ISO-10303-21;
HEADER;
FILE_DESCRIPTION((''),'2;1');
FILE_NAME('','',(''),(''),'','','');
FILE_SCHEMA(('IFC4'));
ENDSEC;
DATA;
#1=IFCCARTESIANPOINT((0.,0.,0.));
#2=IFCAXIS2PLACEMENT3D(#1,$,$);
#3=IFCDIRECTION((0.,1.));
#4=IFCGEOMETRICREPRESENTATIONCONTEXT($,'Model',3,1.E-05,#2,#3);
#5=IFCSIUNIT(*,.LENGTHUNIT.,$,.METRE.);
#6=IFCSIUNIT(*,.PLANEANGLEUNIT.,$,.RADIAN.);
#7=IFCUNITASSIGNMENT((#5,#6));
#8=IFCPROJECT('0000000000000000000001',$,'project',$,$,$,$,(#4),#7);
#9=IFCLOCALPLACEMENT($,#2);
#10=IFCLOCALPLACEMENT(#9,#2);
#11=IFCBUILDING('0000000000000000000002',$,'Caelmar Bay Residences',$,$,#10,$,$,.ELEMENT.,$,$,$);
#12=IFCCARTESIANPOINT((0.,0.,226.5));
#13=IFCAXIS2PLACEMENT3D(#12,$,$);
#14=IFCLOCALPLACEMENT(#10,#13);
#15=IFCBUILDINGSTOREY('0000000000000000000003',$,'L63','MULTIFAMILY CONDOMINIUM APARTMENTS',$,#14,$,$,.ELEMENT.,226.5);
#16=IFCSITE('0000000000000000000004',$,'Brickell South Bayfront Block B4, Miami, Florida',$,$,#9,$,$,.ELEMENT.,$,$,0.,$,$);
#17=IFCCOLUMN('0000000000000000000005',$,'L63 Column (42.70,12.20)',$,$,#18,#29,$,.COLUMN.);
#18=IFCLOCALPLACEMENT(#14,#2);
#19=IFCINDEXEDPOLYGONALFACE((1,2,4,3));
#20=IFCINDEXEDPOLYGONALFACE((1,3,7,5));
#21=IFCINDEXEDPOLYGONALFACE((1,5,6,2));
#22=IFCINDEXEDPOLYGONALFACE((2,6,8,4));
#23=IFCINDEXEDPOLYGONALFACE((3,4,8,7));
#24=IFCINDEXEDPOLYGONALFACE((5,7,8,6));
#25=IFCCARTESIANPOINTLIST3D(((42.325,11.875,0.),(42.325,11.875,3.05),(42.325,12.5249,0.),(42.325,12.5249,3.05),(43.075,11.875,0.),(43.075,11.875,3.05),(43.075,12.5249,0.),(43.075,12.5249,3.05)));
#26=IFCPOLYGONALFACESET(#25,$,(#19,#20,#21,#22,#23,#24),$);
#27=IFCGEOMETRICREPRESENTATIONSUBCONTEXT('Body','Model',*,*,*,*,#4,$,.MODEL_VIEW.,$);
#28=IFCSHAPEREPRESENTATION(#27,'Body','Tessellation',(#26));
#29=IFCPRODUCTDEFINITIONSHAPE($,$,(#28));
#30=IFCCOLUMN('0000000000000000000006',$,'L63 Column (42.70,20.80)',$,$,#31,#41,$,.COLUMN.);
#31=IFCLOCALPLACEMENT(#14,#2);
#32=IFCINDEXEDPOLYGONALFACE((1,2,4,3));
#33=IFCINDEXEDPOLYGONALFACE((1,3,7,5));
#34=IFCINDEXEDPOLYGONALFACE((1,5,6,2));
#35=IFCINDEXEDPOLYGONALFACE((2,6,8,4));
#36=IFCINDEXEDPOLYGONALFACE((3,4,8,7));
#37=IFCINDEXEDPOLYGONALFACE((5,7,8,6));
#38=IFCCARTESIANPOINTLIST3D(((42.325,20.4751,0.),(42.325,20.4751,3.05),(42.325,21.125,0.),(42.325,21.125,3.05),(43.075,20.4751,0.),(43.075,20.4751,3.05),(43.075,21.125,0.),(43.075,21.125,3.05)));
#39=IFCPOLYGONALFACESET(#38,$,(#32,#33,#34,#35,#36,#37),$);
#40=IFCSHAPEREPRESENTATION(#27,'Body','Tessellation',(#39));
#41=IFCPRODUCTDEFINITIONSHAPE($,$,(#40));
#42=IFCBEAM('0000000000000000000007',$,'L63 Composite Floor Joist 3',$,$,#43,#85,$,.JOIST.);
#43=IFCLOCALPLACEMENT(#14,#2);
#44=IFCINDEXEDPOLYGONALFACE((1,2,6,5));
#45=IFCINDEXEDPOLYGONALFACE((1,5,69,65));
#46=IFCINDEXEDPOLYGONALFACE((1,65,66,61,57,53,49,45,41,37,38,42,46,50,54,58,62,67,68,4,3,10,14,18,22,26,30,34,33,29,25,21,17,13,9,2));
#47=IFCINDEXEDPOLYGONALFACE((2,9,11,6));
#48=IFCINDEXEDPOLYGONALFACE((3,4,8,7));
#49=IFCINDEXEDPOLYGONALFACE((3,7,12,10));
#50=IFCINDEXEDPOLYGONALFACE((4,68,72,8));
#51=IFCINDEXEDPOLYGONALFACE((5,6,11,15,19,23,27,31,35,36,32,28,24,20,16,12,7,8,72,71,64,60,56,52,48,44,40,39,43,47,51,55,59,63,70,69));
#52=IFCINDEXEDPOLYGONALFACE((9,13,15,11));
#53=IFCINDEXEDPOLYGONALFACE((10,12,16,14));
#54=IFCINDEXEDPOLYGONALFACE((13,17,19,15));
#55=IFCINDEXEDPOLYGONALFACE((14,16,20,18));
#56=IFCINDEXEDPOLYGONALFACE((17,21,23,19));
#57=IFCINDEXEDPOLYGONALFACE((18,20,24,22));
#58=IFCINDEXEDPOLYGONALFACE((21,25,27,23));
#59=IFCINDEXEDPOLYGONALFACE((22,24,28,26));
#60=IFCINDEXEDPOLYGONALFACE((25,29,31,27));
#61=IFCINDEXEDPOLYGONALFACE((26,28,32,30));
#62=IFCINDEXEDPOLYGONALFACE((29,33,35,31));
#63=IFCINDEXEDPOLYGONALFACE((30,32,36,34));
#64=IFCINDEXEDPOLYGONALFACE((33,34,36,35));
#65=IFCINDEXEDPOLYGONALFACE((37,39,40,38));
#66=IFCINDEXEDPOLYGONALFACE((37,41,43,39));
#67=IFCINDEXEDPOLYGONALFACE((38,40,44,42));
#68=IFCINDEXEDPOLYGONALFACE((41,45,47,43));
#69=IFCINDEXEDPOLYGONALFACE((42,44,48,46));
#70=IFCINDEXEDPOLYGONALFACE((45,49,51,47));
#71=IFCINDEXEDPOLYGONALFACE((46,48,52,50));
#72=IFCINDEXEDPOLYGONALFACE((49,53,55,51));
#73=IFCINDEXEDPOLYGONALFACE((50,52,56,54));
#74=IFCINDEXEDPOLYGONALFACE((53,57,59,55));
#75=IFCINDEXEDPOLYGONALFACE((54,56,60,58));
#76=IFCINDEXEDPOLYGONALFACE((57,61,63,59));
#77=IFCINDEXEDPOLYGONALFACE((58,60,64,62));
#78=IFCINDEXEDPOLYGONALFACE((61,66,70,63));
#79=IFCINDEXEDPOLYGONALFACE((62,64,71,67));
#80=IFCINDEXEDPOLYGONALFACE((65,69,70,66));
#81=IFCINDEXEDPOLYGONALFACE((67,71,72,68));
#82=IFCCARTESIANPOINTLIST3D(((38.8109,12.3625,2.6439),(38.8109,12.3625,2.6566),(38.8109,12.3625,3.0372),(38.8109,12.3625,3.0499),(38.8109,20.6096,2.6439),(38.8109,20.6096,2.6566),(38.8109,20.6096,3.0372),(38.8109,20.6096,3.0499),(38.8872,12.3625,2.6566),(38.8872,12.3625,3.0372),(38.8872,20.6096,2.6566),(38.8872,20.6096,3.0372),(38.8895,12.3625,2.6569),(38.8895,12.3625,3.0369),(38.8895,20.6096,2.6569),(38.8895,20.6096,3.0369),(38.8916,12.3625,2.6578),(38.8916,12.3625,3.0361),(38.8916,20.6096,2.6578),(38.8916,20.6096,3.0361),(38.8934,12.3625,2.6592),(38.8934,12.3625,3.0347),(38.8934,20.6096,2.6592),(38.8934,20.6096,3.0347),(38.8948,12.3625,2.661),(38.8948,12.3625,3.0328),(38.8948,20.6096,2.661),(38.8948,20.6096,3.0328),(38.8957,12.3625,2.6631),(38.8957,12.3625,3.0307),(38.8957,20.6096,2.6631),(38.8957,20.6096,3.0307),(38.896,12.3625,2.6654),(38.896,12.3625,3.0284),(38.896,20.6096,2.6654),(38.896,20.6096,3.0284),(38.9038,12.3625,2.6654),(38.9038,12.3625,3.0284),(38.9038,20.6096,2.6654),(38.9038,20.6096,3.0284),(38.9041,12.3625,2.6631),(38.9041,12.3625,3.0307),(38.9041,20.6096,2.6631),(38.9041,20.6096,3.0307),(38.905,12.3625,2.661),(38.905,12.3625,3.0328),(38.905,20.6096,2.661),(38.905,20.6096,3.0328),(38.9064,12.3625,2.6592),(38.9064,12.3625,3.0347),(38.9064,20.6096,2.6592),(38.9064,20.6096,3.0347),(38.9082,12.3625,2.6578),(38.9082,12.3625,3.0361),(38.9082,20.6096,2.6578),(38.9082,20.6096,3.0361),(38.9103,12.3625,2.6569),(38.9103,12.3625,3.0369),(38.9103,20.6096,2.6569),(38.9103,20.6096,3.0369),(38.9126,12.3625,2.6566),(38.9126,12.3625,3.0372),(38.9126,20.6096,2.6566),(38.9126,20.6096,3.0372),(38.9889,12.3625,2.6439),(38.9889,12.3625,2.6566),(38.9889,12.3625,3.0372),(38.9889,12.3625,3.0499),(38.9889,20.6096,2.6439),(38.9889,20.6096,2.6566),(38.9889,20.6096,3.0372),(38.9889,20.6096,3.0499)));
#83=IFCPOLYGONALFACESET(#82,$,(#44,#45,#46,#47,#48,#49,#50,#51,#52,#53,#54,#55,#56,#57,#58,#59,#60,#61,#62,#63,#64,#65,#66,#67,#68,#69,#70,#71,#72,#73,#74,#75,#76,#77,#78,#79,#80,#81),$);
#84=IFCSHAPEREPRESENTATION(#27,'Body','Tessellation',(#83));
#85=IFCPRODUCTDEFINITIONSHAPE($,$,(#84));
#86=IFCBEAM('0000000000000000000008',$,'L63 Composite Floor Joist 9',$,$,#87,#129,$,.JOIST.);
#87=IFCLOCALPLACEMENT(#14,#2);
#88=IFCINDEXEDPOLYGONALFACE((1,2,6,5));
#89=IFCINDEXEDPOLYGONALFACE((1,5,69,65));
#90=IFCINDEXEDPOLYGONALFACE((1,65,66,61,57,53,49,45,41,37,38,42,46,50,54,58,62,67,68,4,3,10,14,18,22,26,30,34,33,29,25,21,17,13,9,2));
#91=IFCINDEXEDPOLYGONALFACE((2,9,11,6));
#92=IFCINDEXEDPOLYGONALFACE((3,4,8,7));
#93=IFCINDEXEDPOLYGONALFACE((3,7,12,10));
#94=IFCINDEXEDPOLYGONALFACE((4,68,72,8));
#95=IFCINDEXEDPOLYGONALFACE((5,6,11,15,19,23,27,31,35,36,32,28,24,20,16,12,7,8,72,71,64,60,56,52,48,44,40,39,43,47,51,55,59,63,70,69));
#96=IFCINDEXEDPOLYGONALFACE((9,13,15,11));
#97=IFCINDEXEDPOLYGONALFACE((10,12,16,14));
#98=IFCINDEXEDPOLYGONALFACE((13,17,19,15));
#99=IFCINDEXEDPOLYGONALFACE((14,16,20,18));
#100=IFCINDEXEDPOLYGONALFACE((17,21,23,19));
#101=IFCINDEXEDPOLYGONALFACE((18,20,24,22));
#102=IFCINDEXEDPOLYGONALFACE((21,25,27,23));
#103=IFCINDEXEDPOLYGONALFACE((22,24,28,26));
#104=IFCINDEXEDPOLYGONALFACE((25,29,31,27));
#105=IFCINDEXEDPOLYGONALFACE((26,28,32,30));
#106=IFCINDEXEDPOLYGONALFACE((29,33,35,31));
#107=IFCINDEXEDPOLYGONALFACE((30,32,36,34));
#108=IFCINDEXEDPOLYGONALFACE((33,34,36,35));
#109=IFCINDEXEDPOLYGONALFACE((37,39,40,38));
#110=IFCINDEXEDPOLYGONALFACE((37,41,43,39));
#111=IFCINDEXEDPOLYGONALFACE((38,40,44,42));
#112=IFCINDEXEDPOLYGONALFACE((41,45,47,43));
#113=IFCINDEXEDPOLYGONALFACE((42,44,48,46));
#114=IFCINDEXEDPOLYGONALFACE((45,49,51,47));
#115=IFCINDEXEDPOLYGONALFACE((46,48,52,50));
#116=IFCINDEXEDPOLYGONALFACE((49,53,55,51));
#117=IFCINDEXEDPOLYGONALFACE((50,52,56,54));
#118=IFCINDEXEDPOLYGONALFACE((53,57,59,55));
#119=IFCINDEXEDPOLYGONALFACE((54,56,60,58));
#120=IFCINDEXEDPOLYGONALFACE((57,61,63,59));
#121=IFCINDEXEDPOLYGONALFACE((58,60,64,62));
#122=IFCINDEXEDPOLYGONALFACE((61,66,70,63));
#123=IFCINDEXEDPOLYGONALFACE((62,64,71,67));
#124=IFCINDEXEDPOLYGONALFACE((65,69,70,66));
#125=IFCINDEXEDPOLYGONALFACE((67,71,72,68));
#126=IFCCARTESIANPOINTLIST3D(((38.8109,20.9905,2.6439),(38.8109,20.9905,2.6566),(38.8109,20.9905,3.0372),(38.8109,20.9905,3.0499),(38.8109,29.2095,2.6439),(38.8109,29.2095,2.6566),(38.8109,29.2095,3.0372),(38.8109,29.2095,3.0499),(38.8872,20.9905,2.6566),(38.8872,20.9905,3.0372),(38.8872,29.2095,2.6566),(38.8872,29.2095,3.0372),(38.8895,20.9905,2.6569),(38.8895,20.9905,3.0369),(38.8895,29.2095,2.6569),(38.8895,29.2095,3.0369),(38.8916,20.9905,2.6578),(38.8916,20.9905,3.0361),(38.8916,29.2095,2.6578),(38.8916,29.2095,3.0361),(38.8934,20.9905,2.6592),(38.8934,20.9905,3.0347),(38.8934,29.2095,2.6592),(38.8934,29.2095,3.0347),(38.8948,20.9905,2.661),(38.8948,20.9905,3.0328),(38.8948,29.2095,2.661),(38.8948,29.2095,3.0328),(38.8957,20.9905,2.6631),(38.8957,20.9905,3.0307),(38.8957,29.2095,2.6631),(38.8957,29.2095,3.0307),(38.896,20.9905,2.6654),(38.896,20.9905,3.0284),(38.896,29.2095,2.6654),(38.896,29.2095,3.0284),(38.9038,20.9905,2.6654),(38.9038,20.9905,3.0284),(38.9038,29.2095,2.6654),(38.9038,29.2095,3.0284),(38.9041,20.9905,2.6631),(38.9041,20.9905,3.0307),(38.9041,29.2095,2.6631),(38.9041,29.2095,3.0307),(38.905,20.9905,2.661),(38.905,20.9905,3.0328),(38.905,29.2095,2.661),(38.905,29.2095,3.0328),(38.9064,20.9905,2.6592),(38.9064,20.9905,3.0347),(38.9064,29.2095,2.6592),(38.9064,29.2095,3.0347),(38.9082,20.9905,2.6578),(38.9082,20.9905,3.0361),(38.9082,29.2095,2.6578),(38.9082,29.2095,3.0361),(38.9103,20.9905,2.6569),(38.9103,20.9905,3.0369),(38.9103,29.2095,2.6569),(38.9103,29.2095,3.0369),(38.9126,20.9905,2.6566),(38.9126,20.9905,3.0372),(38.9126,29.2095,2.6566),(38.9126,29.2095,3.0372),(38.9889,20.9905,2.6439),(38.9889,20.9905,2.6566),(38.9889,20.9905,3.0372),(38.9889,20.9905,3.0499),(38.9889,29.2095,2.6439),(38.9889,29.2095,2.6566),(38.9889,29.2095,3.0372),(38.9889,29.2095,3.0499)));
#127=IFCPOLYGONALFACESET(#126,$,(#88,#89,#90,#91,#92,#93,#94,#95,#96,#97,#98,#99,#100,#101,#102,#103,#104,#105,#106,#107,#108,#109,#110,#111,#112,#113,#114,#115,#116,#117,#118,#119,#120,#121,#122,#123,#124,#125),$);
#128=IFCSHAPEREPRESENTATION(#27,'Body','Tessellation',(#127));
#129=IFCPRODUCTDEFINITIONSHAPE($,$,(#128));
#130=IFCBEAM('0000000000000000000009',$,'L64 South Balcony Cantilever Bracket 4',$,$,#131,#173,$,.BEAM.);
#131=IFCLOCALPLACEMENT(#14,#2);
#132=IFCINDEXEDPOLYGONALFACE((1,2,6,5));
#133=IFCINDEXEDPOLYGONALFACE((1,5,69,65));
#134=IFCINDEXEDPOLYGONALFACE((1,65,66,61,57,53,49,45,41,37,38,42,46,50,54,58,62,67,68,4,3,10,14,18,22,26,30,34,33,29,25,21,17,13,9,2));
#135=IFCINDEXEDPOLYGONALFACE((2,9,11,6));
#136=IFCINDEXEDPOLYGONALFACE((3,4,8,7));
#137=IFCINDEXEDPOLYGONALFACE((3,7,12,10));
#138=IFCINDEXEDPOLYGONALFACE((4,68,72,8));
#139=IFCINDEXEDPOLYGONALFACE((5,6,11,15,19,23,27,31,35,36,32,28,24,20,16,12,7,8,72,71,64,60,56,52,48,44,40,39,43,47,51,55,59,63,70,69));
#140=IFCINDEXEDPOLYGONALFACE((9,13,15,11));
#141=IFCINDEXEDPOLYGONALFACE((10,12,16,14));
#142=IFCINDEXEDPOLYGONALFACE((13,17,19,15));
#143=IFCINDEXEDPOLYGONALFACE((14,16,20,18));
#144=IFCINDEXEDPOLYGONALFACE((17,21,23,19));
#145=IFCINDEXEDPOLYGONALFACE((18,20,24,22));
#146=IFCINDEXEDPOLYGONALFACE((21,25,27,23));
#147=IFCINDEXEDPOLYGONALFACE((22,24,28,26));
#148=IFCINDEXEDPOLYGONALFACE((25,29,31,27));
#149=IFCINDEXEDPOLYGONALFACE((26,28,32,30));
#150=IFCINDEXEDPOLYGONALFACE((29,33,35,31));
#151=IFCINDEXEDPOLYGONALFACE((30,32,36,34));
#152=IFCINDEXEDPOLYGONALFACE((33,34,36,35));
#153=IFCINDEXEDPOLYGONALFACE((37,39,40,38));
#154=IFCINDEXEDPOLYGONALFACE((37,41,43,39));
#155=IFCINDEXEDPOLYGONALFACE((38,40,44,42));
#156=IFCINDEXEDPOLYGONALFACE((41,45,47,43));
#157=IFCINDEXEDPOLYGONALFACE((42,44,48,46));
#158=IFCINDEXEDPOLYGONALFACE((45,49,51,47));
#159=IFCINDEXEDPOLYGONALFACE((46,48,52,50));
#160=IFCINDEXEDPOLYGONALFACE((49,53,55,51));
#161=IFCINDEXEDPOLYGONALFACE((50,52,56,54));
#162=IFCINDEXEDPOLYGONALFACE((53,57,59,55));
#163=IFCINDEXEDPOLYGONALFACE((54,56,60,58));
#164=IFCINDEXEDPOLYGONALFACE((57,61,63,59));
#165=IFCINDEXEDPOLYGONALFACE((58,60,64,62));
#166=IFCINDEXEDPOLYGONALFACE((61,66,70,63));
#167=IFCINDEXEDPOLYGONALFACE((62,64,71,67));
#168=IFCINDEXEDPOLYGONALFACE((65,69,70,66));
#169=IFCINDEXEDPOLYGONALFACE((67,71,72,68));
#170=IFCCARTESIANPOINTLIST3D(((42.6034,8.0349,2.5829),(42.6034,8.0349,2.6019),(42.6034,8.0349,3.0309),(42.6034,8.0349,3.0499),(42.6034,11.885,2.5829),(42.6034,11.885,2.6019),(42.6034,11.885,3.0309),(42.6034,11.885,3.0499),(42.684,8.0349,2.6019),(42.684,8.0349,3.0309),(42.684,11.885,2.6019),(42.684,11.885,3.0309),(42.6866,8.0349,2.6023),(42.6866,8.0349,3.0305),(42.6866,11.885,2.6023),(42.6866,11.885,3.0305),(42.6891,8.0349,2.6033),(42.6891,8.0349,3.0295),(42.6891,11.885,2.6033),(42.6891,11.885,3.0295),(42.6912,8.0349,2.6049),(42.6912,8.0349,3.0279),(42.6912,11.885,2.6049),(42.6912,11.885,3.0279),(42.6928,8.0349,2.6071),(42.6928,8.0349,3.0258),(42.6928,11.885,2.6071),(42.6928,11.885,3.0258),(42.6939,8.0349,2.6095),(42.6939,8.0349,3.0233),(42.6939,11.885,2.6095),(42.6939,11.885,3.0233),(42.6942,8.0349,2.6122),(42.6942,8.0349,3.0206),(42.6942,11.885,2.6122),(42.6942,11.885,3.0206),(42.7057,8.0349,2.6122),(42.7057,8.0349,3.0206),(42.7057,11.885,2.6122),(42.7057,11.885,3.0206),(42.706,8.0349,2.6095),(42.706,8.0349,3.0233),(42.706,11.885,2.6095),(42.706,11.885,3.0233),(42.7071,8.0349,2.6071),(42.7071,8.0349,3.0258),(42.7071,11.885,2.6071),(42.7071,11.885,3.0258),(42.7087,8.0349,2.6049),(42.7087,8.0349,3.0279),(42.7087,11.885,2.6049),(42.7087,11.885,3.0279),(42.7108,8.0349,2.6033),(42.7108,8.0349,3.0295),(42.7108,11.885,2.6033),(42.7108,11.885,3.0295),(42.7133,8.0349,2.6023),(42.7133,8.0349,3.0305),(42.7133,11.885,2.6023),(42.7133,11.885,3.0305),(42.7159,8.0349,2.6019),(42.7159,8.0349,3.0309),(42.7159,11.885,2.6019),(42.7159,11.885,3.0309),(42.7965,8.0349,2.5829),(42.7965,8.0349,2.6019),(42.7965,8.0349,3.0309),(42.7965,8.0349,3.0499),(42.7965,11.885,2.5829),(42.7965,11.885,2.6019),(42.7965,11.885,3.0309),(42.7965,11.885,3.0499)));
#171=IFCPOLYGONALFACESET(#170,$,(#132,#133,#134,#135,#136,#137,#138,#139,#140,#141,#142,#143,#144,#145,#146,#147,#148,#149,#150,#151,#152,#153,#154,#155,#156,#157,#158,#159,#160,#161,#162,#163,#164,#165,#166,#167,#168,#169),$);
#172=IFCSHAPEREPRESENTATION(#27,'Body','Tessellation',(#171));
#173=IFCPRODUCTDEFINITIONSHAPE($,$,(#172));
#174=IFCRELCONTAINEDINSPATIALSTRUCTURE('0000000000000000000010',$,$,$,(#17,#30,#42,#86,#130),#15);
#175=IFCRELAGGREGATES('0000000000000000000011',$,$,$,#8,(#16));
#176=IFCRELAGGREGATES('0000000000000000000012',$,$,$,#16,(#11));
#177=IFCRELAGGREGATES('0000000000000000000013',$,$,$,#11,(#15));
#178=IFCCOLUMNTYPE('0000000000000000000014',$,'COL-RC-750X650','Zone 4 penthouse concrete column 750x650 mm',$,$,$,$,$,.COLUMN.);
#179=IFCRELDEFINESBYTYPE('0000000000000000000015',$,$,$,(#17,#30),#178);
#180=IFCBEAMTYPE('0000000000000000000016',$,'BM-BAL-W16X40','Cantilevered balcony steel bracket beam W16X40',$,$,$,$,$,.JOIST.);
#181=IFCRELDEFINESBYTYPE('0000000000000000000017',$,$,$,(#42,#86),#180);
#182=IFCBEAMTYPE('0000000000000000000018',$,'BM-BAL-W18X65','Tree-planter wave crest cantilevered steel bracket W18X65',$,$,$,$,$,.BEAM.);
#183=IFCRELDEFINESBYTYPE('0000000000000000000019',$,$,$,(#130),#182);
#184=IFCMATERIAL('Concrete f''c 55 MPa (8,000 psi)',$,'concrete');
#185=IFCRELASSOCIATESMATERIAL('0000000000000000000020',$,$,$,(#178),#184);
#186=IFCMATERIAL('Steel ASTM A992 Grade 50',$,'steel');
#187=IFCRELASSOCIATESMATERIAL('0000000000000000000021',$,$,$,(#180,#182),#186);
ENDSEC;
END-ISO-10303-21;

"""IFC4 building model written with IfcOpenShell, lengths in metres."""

from ifc_helpers import new_model, si_unit, direction, frame, origin, origin_2d, place, context, subcontext, project, spatial, rectangle, i_section, extrude, material, material_profile, profile_set, type_object, element, save


model = new_model("IFC4")

# Units and contexts
model_context = context("Model", 3, precision=1e-05, world=origin(), true_north=direction((0.0, 1.0)))
body_context = subcontext(model_context, "Body", "Model", "MODEL_VIEW")
ifc_project = project(units=[si_unit("LENGTHUNIT", "METRE"), si_unit("PLANEANGLEUNIT", "RADIAN")], contexts=[model_context])

# Site, building, storey
site_placement = place(None, origin())
site = spatial("IfcSite", under=ifc_project, at=site_placement, Name="Brickell South Bayfront Block B4, Miami, Florida", CompositionType="ELEMENT", RefElevation=0.0)
building_placement = place(site_placement, origin())
building = spatial("IfcBuilding", under=site, at=building_placement, Name="Caelmar Bay Residences", CompositionType="ELEMENT")
storey_placement = place(building_placement, frame((0.0, 0.0, 226.5)))
storey = spatial("IfcBuildingStorey", under=building, at=storey_placement, Name="L63", Description="MULTIFAMILY CONDOMINIUM APARTMENTS", CompositionType="ELEMENT", Elevation=226.5)

# Columns
ifc_material_1 = material(Name="Concrete f'c 55 MPa (8,000 psi)", Category="concrete")
ifc_material_profile_1 = material_profile(ifc_material_1, rectangle(XDim=0.75, YDim=0.6499, at=origin_2d()), Name="RC-COL-750X650")
ifc_profile_set_1 = profile_set([ifc_material_profile_1], Name="Concrete f'c 55 MPa (8,000 psi)")
column_type = type_object("IfcColumnType", Name="COL-RC-750X650", Description="Zone 4 penthouse concrete column 750x650 mm", PredefinedType="COLUMN", material=ifc_profile_set_1)
for number, where, z_axis, x_axis, name in (
    (1, (42.7, 12.2, 0.0), (0.0, 0.0, 1.0), (1.0, 0.0, 0.0), "L63 Column (42.70,12.20)"),
    (2, (42.7, 20.8, 0.0), (0.0, 0.0, 1.0), (1.0, 0.0, 0.0), "L63 Column (42.70,20.80)"),
):
    element("IfcColumn", number, at=place(storey_placement, frame(where, z_axis=z_axis, x_axis=x_axis)), inside=storey, type_object=column_type, Name=name, PredefinedType="COLUMN", context=body_context, shape_type="SweptSolid", body=[
        extrude(rectangle(XDim=0.75, YDim=0.6499, at=origin_2d()), origin(), (0.0, 0.0, 1.0), 3.05),
    ])

# Beams
ifc_material_2 = material(Name="Steel ASTM A992 Grade 50", Category="steel")
ifc_material_profile_2 = material_profile(ifc_material_2, i_section(OverallWidth=0.178, OverallDepth=0.406, WebThickness=0.0078, FlangeThickness=0.0127, FilletRadius=0.0088, at=origin_2d()), Name="W16X40")
ifc_profile_set_2 = profile_set([ifc_material_profile_2], Name="Steel ASTM A992 Grade 50")
beam_type_1 = type_object("IfcBeamType", Name="BM-BAL-W16X40", Description="Cantilevered balcony steel bracket beam W16X40", PredefinedType="JOIST", material=ifc_profile_set_2)
beam_1_placement = place(storey_placement, frame((38.8999, 12.3625, 2.8469), z_axis=(0.0, 1.0, 0.0), x_axis=(-1.0, 0.0, 0.0)))
element("IfcBeam", 3, at=beam_1_placement, inside=storey, type_object=beam_type_1, Name="L63 Composite Floor Joist 3", PredefinedType="JOIST", context=body_context, shape_type="SweptSolid", body=[
    extrude(i_section(OverallWidth=0.178, OverallDepth=0.406, WebThickness=0.0078, FlangeThickness=0.0127, FilletRadius=0.0088, at=origin_2d()), origin(), (0.0, 0.0, 1.0), 8.2471),
])
beam_2_placement = place(storey_placement, frame((38.8999, 20.9905, 2.8469), z_axis=(0.0, 1.0, 0.0), x_axis=(-1.0, 0.0, 0.0)))
element("IfcBeam", 4, at=beam_2_placement, inside=storey, type_object=beam_type_1, Name="L63 Composite Floor Joist 9", PredefinedType="JOIST", context=body_context, shape_type="SweptSolid", body=[
    extrude(i_section(OverallWidth=0.178, OverallDepth=0.406, WebThickness=0.0078, FlangeThickness=0.0127, FilletRadius=0.0088, at=origin_2d()), origin(), (0.0, 0.0, 1.0), 8.219),
])
ifc_material_profile_3 = material_profile(ifc_material_2, i_section(OverallWidth=0.1931, OverallDepth=0.467, WebThickness=0.0115, FlangeThickness=0.019, FilletRadius=0.0103, at=origin_2d()), Name="W18X65")
ifc_profile_set_3 = profile_set([ifc_material_profile_3], Name="Steel ASTM A992 Grade 50")
beam_type_2 = type_object("IfcBeamType", Name="BM-BAL-W18X65", Description="Tree-planter wave crest cantilevered steel bracket W18X65", PredefinedType="BEAM", material=ifc_profile_set_3)
beam_3_placement = place(storey_placement, frame((42.7, 11.885, 2.8164), z_axis=(0.0, -1.0, 0.0), x_axis=(1.0, 0.0, 0.0)))
element("IfcBeam", 5, at=beam_3_placement, inside=storey, type_object=beam_type_2, Name="L64 South Balcony Cantilever Bracket 4", PredefinedType="BEAM", context=body_context, shape_type="SweptSolid", body=[
    extrude(i_section(OverallWidth=0.1931, OverallDepth=0.467, WebThickness=0.0115, FlangeThickness=0.019, FilletRadius=0.0103, at=origin_2d()), origin(), (0.0, 0.0, 1.0), 3.8501),
])

save(model, "model.ifc")
